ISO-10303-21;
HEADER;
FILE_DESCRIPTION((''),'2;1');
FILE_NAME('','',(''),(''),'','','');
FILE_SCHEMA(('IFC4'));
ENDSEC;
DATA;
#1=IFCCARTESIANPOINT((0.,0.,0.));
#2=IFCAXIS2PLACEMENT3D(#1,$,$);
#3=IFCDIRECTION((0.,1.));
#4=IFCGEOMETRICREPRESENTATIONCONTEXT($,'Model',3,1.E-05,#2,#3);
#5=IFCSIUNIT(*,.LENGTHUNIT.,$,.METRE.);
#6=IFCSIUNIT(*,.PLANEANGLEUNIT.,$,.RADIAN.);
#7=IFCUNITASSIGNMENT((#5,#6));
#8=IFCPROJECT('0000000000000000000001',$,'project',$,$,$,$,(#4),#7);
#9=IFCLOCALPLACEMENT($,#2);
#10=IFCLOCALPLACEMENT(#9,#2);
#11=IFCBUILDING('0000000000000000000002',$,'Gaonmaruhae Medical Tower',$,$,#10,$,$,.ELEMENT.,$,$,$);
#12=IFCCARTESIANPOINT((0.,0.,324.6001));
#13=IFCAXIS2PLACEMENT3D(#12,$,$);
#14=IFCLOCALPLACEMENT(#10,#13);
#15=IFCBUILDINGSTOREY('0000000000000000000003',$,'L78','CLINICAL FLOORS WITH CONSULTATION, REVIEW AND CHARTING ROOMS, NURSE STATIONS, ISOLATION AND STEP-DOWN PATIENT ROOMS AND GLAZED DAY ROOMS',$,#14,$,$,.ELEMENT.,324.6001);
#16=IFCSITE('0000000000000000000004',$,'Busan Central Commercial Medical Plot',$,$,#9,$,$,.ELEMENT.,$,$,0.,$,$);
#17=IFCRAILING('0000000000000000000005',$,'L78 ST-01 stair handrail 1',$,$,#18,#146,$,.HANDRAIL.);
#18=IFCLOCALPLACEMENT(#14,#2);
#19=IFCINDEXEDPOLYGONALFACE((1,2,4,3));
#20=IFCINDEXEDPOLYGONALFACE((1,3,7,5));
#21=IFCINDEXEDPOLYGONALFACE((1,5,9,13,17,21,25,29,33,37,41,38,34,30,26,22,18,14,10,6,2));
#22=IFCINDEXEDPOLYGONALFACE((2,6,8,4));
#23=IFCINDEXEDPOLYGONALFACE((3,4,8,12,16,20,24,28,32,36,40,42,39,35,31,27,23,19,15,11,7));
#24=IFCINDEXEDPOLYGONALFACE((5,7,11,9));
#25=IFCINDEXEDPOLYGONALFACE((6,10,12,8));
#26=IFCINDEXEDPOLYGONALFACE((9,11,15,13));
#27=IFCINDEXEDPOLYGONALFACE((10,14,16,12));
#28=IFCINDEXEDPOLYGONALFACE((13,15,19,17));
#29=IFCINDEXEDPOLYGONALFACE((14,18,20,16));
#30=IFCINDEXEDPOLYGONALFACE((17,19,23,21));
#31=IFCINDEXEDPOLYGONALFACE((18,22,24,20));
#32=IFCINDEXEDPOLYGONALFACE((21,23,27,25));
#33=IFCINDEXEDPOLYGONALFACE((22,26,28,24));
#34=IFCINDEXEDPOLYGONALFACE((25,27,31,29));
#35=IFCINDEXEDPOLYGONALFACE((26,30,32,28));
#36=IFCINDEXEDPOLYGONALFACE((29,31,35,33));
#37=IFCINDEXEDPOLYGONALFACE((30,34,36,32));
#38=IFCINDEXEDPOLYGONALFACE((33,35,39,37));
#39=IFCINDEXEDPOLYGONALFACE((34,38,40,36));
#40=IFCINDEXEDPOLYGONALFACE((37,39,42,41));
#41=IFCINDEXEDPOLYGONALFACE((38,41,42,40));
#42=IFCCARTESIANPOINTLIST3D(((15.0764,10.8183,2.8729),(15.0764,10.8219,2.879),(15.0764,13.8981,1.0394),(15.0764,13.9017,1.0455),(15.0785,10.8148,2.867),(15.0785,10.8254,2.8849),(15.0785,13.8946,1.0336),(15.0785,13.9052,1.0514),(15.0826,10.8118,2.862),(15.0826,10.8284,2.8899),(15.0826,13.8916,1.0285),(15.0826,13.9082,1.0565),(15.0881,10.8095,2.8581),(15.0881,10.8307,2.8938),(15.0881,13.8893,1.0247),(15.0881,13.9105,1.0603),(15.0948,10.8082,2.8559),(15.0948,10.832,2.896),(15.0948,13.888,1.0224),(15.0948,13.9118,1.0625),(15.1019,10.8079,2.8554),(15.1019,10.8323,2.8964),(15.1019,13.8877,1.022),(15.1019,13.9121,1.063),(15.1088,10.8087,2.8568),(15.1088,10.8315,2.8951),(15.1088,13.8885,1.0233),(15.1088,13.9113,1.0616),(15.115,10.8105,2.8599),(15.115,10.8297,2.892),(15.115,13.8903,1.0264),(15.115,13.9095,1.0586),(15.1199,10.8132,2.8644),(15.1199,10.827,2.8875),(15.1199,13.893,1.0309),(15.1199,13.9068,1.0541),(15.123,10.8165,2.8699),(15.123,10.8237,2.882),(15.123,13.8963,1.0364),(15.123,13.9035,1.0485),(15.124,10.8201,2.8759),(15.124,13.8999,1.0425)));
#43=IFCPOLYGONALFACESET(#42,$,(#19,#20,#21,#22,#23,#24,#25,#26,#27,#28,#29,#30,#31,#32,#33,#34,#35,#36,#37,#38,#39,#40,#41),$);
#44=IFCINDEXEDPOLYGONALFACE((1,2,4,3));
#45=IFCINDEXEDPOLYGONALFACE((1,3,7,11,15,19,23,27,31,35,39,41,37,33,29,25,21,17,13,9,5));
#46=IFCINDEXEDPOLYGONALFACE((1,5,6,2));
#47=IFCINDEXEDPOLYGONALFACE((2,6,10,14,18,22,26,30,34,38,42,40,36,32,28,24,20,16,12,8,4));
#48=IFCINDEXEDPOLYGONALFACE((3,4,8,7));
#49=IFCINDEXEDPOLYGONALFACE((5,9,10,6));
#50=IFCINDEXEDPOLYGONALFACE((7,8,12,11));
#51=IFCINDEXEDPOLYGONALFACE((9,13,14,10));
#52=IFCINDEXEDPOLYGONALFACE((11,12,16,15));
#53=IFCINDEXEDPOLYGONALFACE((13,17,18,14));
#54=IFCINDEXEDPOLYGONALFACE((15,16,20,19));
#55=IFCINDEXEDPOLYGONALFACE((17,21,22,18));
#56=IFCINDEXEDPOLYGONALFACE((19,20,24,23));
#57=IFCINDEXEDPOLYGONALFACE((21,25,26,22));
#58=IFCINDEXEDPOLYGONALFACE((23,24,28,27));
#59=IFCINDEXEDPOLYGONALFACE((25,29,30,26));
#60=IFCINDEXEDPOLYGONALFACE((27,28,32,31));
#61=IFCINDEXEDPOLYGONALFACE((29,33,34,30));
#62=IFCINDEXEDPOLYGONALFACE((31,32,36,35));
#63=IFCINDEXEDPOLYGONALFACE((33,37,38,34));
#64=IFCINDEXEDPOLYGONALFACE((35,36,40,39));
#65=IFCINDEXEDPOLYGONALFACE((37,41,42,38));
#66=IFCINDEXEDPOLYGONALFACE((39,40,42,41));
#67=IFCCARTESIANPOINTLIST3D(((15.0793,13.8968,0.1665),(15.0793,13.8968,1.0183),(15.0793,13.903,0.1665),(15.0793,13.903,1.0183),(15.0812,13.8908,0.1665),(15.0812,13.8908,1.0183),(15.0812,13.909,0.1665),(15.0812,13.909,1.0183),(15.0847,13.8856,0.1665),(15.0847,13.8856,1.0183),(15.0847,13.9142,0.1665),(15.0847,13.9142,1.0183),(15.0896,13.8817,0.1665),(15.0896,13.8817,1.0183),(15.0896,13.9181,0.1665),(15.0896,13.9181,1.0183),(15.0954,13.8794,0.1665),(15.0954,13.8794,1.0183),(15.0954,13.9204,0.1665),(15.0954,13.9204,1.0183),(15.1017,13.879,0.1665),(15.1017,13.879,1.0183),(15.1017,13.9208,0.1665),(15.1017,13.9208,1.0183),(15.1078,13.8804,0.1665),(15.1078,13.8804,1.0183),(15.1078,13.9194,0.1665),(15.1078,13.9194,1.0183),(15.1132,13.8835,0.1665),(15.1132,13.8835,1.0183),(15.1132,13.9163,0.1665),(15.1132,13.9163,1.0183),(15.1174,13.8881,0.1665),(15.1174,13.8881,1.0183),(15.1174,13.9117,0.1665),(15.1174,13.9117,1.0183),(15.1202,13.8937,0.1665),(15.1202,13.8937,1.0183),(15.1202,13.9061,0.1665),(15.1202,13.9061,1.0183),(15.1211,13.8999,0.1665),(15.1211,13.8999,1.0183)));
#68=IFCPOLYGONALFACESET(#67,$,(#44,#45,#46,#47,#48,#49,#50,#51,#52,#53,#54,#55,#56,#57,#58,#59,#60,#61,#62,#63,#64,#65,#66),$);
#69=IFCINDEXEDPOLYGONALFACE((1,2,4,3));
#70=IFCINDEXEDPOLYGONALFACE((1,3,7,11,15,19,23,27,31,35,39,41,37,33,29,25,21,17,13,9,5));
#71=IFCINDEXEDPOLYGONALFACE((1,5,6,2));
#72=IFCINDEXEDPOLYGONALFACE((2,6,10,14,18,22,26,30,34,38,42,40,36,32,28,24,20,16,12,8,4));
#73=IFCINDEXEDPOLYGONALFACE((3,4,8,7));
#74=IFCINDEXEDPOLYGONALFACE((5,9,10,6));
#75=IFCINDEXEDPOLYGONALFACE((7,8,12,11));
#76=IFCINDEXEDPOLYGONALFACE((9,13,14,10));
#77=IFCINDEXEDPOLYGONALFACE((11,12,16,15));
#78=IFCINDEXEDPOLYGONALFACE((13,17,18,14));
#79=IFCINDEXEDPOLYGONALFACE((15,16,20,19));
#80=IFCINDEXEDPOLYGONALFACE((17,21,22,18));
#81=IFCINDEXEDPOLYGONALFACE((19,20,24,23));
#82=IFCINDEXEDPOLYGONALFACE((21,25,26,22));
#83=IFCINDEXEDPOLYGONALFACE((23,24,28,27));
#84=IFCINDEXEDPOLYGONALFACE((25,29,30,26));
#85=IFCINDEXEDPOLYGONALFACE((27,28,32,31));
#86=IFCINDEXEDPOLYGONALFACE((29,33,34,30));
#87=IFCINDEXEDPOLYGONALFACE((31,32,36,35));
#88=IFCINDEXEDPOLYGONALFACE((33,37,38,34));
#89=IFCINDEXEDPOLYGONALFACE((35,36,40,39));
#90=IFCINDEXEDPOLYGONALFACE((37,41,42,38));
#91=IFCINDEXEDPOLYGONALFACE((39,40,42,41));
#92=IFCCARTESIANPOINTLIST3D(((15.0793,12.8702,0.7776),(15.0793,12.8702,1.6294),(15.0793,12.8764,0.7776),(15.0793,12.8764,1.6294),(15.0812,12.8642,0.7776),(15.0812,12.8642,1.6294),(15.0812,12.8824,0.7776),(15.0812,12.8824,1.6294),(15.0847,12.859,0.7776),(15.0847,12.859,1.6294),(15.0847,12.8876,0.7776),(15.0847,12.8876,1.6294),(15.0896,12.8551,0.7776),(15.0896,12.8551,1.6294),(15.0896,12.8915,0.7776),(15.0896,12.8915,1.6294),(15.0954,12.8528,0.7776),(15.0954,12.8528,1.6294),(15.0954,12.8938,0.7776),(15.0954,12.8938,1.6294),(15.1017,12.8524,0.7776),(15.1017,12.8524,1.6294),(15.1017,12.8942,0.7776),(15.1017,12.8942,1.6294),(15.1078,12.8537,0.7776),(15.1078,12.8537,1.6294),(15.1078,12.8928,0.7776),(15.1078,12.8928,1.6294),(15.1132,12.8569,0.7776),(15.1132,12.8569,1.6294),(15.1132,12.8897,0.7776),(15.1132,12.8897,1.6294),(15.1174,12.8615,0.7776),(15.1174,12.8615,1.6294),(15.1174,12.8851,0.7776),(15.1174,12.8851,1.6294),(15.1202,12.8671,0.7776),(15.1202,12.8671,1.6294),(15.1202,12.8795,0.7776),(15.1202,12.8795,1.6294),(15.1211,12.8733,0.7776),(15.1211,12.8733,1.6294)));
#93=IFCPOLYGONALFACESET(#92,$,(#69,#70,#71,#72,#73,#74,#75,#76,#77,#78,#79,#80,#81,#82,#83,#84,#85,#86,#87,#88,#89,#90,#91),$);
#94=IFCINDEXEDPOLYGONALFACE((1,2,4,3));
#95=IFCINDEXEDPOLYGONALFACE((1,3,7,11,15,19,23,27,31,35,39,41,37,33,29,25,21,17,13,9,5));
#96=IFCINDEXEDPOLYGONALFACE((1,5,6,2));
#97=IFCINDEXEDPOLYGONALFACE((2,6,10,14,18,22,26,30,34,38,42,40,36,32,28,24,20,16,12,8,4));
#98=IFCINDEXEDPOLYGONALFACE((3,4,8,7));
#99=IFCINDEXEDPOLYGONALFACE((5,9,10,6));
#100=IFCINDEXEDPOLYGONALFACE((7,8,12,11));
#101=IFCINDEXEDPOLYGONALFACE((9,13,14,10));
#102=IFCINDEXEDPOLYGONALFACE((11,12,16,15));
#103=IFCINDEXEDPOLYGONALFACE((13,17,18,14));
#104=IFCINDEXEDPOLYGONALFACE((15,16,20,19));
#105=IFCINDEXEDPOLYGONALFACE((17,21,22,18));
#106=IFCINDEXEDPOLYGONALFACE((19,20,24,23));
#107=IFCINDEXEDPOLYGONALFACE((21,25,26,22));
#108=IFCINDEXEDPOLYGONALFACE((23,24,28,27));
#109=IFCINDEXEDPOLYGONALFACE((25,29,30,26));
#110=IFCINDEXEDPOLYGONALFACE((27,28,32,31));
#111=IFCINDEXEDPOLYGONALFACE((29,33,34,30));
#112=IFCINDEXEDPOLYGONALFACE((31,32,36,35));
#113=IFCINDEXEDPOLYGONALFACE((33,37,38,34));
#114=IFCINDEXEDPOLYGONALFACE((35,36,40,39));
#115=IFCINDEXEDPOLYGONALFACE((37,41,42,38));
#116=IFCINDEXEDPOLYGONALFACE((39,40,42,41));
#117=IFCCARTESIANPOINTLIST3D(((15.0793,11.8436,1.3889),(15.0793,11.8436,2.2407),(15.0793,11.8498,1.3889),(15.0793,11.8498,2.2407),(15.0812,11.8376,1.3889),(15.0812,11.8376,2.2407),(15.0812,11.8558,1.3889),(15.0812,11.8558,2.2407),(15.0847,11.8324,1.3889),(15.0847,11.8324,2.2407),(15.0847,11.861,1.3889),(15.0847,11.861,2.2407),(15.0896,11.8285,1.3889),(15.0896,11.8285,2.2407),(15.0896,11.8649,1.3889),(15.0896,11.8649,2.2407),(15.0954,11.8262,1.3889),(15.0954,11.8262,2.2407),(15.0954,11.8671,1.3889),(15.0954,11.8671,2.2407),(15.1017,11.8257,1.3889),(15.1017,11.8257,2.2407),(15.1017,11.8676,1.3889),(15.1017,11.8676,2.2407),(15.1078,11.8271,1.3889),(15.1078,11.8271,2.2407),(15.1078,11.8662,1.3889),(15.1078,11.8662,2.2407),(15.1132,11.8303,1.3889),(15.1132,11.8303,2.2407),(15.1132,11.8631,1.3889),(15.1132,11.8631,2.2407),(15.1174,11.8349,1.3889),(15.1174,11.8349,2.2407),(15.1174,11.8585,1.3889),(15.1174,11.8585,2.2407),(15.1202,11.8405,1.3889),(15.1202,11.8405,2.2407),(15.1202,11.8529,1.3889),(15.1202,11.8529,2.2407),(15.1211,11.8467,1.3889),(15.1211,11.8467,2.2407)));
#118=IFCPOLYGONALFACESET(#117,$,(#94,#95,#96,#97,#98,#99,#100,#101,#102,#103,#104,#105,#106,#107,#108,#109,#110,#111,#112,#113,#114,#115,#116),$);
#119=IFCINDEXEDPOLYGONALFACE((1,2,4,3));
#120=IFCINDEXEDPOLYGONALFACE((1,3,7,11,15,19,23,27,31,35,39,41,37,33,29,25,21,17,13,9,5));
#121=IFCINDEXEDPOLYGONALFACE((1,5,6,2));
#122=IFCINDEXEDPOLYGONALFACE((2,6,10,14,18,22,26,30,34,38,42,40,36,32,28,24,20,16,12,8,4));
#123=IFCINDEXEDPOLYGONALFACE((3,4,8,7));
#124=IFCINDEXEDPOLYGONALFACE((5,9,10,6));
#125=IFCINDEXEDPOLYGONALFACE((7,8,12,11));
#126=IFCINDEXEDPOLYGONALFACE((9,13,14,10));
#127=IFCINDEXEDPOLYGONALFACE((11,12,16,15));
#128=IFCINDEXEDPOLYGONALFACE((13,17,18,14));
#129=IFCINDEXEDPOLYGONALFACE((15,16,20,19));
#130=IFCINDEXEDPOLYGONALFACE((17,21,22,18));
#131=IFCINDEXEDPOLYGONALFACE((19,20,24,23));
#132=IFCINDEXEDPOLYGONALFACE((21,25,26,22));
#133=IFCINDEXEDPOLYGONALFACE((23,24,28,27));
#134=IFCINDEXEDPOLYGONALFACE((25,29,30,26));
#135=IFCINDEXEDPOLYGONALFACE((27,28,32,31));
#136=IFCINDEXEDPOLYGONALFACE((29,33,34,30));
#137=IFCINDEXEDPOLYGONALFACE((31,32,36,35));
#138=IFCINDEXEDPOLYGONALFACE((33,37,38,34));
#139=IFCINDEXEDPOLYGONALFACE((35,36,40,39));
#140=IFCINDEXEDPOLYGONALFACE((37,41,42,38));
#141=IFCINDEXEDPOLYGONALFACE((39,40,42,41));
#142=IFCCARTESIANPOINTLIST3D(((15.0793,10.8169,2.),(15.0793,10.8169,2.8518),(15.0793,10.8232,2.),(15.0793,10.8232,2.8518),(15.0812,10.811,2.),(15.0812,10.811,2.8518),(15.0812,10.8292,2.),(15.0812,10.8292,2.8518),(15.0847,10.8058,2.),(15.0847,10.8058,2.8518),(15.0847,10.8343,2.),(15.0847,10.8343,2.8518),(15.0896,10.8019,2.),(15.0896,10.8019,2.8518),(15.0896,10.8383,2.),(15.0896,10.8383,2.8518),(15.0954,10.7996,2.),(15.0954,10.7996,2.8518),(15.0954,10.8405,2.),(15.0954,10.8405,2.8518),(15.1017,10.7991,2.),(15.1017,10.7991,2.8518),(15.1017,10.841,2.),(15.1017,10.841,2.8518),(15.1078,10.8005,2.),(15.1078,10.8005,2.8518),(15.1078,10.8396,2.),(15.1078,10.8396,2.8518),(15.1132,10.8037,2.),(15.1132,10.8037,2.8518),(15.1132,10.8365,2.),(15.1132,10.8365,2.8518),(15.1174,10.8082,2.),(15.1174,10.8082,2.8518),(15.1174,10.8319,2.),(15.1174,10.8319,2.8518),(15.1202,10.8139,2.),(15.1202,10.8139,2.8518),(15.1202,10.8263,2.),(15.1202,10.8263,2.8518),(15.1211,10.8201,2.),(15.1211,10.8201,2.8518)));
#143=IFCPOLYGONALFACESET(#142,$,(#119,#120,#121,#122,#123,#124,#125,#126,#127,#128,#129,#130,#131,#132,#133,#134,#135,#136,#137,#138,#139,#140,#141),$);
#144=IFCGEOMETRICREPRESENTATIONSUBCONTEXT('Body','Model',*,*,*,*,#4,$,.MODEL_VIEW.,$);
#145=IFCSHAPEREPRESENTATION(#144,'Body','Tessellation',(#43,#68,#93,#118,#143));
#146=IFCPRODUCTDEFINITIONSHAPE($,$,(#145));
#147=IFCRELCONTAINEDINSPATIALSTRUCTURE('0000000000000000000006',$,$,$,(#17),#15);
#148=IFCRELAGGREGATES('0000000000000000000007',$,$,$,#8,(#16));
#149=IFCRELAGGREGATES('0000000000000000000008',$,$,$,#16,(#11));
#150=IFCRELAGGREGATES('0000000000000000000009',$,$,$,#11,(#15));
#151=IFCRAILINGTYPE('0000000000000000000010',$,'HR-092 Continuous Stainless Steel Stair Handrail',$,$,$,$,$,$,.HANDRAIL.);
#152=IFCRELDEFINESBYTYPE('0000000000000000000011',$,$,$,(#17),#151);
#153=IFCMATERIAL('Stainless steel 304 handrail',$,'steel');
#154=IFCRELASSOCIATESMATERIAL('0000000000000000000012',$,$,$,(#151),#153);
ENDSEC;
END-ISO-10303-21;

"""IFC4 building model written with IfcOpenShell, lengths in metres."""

from ifc_helpers import new_model, si_unit, direction, frame, origin, origin_2d, place, context, subcontext, project, spatial, circle, extrude, material, type_object, element, save


model = new_model("IFC4")

# Units and contexts
model_context = context("Model", 3, precision=1e-05, world=origin(), true_north=direction((0.0, 1.0)))
body_context = subcontext(model_context, "Body", "Model", "MODEL_VIEW")
ifc_project = project(units=[si_unit("LENGTHUNIT", "METRE"), si_unit("PLANEANGLEUNIT", "RADIAN")], contexts=[model_context])

# Site, building, storey
site_placement = place(None, origin())
site = spatial("IfcSite", under=ifc_project, at=site_placement, Name="Busan Central Commercial Medical Plot", CompositionType="ELEMENT", RefElevation=0.0)
building_placement = place(site_placement, origin())
building = spatial("IfcBuilding", under=site, at=building_placement, Name="Gaonmaruhae Medical Tower", CompositionType="ELEMENT")
storey_placement = place(building_placement, frame((0.0, 0.0, 324.6001)))
storey = spatial("IfcBuildingStorey", under=building, at=storey_placement, Name="L78", Description="CLINICAL FLOORS WITH CONSULTATION, REVIEW AND CHARTING ROOMS, NURSE STATIONS, ISOLATION AND STEP-DOWN PATIENT ROOMS AND GLAZED DAY ROOMS", CompositionType="ELEMENT", Elevation=324.6001)

# Railing
ifc_material_1 = material(Name="Stainless steel 304 handrail", Category="steel")
railing_type_1 = type_object("IfcRailingType", Name="HR-092 Continuous Stainless Steel Stair Handrail", PredefinedType="HANDRAIL", material=ifc_material_1)
railing_1_placement = place(storey_placement, frame((15.1001, 13.8999, 0.1665)))
element("IfcRailing", 1, at=railing_1_placement, inside=storey, type_object=railing_type_1, Name="L78 ST-01 stair handrail 1", PredefinedType="HANDRAIL", context=body_context, shape_type="SweptSolid", body=[
    extrude(circle(Radius=0.0239, at=origin_2d()), frame((0.0, 0.0, 0.876), z_axis=(0.0, -0.859261, 0.511538), x_axis=(1.0, 0.0, 0.0)), (0.0, 0.0, 1.0), 3.5842),
    extrude(circle(Radius=0.021, at=origin_2d()), origin(), (0.0, 0.0, 1.0), 0.8518),
    extrude(circle(Radius=0.021, at=origin_2d()), frame((0.0, -1.0266, 0.6111)), (0.0, 0.0, 1.0), 0.8518),
    extrude(circle(Radius=0.021, at=origin_2d()), frame((0.0, -2.0532, 1.2224)), (0.0, 0.0, 1.0), 0.8518),
    extrude(circle(Radius=0.021, at=origin_2d()), frame((0.0, -3.0798, 1.8335)), (0.0, 0.0, 1.0), 0.8518),
])

save(model, "model.ifc")
